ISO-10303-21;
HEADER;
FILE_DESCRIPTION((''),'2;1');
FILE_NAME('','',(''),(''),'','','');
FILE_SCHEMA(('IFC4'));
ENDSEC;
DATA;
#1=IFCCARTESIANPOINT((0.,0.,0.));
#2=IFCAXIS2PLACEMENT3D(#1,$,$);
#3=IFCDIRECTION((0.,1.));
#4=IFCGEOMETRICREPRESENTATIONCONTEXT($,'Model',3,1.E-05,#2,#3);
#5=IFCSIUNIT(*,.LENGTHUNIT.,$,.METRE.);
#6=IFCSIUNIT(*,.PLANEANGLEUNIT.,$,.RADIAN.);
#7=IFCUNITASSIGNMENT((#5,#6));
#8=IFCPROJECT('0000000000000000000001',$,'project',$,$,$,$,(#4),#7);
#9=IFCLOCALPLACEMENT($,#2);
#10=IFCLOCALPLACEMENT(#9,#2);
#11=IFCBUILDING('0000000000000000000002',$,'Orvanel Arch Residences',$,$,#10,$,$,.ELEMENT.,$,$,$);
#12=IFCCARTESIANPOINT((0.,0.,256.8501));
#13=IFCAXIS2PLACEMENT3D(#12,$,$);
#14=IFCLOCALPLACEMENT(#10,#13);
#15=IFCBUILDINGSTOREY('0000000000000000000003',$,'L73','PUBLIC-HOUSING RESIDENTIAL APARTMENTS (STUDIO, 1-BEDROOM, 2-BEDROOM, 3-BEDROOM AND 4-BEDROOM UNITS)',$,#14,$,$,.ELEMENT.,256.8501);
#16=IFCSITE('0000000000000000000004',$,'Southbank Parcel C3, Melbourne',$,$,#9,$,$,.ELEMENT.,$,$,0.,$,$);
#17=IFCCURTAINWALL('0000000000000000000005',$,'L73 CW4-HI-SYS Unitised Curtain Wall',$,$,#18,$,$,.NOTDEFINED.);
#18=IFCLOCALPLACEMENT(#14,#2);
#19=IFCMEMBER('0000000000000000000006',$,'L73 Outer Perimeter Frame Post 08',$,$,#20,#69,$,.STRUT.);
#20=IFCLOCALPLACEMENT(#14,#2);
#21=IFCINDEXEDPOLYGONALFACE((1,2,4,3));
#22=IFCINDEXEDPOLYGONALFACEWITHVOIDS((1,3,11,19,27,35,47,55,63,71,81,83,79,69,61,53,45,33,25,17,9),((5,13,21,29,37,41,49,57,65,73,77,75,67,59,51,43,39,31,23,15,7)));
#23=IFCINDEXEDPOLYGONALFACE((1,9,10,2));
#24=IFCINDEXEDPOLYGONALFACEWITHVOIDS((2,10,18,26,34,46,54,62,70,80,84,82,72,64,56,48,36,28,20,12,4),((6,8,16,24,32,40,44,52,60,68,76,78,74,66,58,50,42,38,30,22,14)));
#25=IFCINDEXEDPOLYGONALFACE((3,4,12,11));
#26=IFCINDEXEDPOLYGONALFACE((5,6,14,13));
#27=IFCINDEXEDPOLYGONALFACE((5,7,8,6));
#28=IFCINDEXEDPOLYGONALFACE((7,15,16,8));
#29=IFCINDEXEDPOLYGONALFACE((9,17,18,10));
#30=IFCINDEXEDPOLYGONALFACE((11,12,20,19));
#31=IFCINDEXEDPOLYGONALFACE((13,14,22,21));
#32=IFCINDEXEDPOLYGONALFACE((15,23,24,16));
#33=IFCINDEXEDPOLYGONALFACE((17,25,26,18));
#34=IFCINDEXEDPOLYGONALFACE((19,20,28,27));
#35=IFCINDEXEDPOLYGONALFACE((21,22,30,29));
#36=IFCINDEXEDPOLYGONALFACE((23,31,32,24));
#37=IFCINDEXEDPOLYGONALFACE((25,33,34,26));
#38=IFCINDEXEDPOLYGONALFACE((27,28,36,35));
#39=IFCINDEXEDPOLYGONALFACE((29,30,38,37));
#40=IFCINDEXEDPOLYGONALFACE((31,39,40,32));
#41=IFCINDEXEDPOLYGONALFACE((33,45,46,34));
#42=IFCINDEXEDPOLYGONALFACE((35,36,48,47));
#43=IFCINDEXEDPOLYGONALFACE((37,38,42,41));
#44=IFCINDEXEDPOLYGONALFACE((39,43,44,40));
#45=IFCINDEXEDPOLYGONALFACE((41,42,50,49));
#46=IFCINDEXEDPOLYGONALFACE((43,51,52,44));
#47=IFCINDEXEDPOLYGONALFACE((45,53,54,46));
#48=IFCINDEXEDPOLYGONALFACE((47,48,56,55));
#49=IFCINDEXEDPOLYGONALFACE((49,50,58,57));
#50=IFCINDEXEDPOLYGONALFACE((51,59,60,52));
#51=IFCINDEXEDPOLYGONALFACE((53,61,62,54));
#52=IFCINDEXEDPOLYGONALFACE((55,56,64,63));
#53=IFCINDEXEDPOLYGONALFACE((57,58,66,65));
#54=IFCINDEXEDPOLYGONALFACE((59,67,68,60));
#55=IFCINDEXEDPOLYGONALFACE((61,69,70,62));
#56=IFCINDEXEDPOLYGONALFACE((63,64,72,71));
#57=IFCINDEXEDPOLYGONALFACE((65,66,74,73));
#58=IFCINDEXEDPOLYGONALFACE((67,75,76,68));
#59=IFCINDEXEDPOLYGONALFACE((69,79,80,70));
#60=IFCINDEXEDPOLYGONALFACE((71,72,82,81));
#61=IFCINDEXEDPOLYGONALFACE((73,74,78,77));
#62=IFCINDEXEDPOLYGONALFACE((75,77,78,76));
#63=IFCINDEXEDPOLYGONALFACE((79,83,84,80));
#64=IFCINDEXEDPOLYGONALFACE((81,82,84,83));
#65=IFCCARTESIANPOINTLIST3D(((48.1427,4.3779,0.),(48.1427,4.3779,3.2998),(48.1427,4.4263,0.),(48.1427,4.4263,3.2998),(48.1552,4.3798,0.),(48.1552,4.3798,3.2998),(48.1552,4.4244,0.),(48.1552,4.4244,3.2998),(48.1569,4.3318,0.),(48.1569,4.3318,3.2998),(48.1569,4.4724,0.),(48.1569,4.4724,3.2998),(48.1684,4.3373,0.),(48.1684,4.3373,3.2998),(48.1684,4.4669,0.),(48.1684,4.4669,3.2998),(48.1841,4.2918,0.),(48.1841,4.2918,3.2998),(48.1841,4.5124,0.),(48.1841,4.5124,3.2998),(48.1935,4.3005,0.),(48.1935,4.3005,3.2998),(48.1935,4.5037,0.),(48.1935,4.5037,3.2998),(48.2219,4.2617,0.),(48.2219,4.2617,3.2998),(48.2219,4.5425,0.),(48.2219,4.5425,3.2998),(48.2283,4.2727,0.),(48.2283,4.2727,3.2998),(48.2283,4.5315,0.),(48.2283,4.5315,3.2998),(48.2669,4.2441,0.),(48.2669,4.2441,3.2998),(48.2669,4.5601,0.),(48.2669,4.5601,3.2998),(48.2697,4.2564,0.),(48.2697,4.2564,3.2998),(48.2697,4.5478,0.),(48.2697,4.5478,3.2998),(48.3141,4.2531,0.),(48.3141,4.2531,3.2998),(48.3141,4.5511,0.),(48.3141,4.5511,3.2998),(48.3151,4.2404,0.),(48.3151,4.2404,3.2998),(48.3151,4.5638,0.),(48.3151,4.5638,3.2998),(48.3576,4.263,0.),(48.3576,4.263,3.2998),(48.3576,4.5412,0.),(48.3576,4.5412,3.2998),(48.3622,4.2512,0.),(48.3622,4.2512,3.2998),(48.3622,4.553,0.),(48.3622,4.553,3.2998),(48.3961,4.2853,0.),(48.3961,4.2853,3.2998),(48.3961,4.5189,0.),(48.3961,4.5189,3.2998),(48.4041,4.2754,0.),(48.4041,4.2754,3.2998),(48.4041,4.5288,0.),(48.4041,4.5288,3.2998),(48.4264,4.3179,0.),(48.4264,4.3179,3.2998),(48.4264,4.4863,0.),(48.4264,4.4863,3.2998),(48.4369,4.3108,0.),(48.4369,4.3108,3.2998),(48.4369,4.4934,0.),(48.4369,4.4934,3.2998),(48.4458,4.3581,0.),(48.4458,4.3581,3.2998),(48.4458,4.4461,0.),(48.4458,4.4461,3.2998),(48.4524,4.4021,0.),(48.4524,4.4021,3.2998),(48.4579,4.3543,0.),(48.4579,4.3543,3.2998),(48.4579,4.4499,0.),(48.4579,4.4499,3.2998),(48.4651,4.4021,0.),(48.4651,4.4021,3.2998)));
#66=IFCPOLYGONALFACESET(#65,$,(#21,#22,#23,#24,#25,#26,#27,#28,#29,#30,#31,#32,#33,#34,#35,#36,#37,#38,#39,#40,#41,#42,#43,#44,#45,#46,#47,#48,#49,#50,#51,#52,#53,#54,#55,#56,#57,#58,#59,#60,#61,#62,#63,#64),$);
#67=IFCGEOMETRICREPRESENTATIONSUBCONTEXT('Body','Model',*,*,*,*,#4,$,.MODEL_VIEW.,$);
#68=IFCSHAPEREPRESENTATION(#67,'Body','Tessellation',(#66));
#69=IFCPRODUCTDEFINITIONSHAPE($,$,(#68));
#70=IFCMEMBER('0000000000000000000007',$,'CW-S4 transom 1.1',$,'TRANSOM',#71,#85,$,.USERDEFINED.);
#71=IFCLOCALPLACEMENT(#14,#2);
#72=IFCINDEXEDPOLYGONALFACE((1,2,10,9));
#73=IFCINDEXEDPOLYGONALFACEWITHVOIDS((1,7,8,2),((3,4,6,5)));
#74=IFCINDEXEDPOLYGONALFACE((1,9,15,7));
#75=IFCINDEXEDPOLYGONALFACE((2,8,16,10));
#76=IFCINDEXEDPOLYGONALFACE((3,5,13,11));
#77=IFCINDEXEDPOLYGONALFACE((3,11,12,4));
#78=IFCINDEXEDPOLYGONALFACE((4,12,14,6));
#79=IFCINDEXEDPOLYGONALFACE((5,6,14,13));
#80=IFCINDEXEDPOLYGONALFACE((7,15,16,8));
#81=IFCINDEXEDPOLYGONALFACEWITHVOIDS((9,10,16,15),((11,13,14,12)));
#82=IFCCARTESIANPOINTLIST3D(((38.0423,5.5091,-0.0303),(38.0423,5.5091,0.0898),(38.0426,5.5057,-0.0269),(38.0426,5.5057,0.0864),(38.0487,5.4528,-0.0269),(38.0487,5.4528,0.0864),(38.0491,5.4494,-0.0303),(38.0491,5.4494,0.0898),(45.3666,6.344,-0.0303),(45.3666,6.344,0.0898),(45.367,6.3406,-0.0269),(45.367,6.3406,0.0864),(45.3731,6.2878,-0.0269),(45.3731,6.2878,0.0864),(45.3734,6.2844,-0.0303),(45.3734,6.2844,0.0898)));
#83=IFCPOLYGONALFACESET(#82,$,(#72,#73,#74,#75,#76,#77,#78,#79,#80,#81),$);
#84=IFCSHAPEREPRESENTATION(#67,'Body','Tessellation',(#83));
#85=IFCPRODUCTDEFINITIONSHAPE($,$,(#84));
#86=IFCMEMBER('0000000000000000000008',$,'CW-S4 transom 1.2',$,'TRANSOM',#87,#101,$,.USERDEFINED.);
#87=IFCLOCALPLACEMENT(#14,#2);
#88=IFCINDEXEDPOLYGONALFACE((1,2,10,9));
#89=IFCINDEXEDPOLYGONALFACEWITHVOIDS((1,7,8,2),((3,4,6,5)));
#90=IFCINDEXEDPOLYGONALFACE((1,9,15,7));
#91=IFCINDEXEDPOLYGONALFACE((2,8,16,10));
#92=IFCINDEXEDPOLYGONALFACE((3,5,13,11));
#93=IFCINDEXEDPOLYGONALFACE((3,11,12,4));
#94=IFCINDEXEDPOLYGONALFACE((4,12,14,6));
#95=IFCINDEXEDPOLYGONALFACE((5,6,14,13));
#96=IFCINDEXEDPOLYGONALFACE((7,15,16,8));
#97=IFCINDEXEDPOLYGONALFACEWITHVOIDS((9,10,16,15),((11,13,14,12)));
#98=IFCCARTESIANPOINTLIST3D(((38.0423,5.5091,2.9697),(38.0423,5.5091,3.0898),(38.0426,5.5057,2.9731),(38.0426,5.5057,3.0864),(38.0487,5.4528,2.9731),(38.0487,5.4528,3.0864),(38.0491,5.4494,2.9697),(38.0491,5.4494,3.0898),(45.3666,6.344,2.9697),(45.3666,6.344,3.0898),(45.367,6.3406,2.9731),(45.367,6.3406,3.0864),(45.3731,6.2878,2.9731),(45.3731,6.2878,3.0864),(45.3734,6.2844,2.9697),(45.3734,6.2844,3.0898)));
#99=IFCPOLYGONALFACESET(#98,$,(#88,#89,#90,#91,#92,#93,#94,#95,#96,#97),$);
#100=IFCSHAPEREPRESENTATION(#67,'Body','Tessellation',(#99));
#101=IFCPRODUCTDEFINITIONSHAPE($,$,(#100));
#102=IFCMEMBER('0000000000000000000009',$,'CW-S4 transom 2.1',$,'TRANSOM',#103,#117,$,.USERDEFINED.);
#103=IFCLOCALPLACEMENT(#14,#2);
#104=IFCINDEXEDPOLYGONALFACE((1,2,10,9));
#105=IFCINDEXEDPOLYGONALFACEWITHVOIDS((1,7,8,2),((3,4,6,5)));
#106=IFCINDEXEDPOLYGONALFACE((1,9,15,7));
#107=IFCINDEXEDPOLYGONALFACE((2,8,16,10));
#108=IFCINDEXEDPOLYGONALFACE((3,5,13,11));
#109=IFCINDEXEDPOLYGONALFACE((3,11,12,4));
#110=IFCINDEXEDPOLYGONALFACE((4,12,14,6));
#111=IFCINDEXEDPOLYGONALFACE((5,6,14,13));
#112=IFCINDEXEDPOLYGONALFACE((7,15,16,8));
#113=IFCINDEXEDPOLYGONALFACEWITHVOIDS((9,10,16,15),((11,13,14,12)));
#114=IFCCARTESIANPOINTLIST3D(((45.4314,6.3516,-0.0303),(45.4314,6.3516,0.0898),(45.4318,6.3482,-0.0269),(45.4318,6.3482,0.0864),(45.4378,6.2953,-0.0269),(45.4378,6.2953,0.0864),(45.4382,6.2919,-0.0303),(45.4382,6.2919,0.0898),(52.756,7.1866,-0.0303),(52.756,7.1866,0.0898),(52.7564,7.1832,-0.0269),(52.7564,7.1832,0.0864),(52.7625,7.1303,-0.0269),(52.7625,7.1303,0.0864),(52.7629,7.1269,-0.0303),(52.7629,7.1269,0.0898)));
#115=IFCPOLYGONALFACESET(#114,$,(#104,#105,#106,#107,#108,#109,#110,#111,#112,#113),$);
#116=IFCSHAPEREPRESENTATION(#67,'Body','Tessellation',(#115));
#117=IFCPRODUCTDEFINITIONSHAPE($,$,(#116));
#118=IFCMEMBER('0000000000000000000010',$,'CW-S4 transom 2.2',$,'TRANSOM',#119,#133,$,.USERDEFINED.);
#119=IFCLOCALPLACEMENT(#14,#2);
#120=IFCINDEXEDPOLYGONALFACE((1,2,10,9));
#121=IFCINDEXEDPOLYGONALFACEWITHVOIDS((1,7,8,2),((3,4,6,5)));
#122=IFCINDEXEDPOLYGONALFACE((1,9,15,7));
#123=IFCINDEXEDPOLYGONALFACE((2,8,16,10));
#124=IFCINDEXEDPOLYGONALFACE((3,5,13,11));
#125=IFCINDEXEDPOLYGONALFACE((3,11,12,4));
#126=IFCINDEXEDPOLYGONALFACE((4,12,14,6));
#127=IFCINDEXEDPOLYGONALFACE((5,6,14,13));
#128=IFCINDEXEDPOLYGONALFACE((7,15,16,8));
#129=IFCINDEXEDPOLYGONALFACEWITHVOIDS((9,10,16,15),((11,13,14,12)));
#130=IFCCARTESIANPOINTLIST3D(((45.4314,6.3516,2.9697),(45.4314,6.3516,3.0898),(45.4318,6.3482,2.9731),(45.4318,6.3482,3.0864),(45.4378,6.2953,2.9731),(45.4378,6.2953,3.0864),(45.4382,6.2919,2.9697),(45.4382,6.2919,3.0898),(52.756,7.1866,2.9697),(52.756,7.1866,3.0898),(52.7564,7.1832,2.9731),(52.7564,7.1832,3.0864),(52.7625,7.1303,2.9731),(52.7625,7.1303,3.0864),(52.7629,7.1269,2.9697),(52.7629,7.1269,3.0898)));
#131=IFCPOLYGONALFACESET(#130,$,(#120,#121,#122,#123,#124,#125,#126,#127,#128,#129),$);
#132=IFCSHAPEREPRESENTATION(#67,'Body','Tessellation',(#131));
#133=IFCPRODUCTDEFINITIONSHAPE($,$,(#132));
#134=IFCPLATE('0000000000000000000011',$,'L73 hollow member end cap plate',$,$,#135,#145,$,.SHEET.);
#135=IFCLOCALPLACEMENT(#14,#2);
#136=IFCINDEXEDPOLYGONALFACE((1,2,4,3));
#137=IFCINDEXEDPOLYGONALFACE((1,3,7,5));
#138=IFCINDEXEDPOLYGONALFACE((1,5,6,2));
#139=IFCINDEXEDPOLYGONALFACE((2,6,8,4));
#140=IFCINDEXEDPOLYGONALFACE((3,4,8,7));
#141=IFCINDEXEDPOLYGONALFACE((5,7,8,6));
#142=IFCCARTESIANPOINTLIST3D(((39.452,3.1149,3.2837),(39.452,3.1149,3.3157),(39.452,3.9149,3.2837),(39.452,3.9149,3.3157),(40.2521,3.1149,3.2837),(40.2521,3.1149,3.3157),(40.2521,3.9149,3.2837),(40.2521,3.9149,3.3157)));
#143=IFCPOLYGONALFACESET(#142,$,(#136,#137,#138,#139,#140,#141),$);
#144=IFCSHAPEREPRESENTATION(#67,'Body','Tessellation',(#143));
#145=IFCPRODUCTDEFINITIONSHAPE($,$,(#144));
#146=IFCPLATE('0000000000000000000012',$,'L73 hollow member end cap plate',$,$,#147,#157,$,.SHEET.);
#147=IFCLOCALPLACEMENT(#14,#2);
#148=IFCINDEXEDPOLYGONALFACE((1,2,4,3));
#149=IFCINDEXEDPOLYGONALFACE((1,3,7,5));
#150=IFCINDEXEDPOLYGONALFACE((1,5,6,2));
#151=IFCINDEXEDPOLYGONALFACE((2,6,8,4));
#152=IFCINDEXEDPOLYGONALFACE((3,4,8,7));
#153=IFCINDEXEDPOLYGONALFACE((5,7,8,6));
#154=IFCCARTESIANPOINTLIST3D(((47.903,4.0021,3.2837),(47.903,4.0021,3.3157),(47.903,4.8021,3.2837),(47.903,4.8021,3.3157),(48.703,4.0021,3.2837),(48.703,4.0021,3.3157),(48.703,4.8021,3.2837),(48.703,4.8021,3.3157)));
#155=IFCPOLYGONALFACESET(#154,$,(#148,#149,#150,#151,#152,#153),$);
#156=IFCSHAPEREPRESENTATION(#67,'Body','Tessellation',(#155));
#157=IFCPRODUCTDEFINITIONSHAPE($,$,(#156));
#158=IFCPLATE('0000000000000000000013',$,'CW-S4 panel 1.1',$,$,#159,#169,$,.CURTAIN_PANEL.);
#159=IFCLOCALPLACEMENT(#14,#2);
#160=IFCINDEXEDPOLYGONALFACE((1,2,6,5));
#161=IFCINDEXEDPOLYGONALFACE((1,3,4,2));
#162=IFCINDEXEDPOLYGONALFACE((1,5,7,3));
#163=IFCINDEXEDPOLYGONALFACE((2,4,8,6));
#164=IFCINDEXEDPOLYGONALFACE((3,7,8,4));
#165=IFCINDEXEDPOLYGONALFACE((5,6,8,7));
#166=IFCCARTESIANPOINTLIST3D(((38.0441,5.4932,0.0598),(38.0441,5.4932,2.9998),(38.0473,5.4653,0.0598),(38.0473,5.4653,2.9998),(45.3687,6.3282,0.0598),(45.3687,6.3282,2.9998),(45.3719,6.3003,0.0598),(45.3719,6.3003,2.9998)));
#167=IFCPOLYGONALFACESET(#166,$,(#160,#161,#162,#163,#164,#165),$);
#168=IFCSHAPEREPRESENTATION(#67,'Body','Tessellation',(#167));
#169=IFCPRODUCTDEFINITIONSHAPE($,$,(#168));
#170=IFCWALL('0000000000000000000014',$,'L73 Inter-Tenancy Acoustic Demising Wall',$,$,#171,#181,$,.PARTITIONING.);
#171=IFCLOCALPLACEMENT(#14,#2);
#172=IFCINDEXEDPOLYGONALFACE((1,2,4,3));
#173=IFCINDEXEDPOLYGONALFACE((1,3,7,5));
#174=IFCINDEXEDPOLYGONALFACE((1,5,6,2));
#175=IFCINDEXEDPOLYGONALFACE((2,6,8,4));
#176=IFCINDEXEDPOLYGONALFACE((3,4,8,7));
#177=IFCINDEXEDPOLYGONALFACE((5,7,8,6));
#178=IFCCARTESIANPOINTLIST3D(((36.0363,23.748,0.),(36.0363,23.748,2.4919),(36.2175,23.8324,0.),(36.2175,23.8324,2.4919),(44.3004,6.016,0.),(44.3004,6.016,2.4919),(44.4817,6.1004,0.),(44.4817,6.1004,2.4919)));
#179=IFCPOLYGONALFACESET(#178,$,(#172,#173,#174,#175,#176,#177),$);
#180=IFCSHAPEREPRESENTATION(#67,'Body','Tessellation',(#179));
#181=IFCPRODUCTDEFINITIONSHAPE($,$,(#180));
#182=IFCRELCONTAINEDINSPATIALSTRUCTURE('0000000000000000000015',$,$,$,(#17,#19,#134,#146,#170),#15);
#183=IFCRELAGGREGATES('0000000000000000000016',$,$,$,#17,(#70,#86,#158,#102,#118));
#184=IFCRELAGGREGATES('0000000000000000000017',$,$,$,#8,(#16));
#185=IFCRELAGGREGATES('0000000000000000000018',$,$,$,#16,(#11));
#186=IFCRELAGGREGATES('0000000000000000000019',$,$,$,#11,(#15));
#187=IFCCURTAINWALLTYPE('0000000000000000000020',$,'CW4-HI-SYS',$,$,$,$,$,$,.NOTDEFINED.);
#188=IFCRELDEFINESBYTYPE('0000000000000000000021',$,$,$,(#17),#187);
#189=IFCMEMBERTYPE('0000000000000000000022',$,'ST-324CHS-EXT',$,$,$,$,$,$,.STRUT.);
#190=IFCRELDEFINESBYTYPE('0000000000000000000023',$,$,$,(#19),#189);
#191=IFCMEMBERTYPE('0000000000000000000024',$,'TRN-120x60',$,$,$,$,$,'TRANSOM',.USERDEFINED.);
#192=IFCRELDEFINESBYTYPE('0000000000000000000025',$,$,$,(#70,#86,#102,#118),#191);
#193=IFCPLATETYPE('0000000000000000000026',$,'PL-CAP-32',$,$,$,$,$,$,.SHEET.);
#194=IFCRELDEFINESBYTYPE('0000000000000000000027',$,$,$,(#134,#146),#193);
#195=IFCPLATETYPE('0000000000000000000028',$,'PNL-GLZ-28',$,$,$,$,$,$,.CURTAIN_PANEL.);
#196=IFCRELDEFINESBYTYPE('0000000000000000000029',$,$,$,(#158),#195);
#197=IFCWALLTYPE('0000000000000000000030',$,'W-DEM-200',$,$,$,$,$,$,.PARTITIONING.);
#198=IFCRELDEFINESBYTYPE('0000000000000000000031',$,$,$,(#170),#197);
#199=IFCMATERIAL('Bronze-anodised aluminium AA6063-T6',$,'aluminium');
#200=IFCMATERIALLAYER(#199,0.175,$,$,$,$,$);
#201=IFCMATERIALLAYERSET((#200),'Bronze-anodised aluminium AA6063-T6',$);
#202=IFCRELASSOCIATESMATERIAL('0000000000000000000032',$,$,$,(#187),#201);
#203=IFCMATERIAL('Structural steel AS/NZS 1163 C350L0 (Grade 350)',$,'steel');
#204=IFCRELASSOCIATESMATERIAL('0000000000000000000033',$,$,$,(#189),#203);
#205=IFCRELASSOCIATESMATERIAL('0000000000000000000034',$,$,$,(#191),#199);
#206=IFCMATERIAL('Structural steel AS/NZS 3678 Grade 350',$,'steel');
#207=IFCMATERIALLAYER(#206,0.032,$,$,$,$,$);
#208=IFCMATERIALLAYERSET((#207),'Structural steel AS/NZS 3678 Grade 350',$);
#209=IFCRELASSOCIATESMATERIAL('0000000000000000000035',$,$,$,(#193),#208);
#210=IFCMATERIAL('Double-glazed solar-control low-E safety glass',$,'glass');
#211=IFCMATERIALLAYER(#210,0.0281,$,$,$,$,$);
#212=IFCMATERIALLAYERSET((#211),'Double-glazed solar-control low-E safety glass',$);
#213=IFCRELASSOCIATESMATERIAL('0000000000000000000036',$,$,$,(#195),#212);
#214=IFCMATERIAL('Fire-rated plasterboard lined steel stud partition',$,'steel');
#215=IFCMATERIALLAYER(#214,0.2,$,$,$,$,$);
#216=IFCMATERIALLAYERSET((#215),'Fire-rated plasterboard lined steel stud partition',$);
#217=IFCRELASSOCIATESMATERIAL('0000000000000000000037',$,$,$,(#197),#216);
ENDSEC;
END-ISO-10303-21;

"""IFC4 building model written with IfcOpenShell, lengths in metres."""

from ifc_helpers import new_model, si_unit, direction, frame, frame_2d, origin, origin_2d, place, context, subcontext, project, spatial, rectangle, hollow_rectangle, hollow_circle, extrude, material, layer, layer_set, material_profile, profile_set, type_object, element, aggregate, save


model = new_model("IFC4")

# Units and contexts
model_context = context("Model", 3, precision=1e-05, world=origin(), true_north=direction((0.0, 1.0)))
body_context = subcontext(model_context, "Body", "Model", "MODEL_VIEW")
ifc_project = project(units=[si_unit("LENGTHUNIT", "METRE"), si_unit("PLANEANGLEUNIT", "RADIAN")], contexts=[model_context])

# Site, building, storey
site_placement = place(None, origin())
site = spatial("IfcSite", under=ifc_project, at=site_placement, Name="Southbank Parcel C3, Melbourne", CompositionType="ELEMENT", RefElevation=0.0)
building_placement = place(site_placement, origin())
building = spatial("IfcBuilding", under=site, at=building_placement, Name="Orvanel Arch Residences", CompositionType="ELEMENT")
storey_placement = place(building_placement, frame((0.0, 0.0, 256.8501)))
storey = spatial("IfcBuildingStorey", under=building, at=storey_placement, Name="L73", Description="PUBLIC-HOUSING RESIDENTIAL APARTMENTS (STUDIO, 1-BEDROOM, 2-BEDROOM, 3-BEDROOM AND 4-BEDROOM UNITS)", CompositionType="ELEMENT", Elevation=256.8501)

# Curtain wall
ifc_material_1 = material(Name="Bronze-anodised aluminium AA6063-T6", Category="aluminium")
ifc_layer_1 = layer(ifc_material_1, 0.175)
ifc_layer_set_1 = layer_set([ifc_layer_1], Name="Bronze-anodised aluminium AA6063-T6")
curtain_wall_type = type_object("IfcCurtainWallType", Name="CW4-HI-SYS", PredefinedType="NOTDEFINED", material=ifc_layer_set_1)
curtain_wall_placement = place(storey_placement, origin())
curtain_wall = element("IfcCurtainWall", 1, at=curtain_wall_placement, inside=storey, type_object=curtain_wall_type, Name="L73 CW4-HI-SYS Unitised Curtain Wall", PredefinedType="NOTDEFINED")

# Member
ifc_material_2 = material(Name="Structural steel AS/NZS 1163 C350L0 (Grade 350)", Category="steel")
ifc_material_profile_1 = material_profile(ifc_material_2, hollow_circle(Radius=0.1621, WallThickness=0.0127, at=origin_2d()), Name="CHS324x12.7")
ifc_profile_set_1 = profile_set([ifc_material_profile_1], Name="Structural steel AS/NZS 1163 C350L0 (Grade 350)")
member_type_1 = type_object("IfcMemberType", Name="ST-324CHS-EXT", PredefinedType="STRUT", material=ifc_profile_set_1)
for number, where, z_axis, x_axis, name in (
    (2, (48.303, 4.4021, 0.0), (0.0, 0.0, 1.0), (1.0, 0.0, 0.0), "L73 Outer Perimeter Frame Post 08"),
):
    element("IfcMember", number, at=place(storey_placement, frame(where, z_axis=z_axis, x_axis=x_axis)), inside=storey, type_object=member_type_1, Name=name, PredefinedType="STRUT", context=body_context, shape_type="SweptSolid", body=[
        extrude(hollow_circle(Radius=0.1621, WallThickness=0.0127, at=origin_2d()), origin(), (0.0, 0.0, 1.0), 3.2998),
    ])

# Members
ifc_material_profile_2 = material_profile(ifc_material_1, hollow_rectangle(XDim=0.0601, YDim=0.1201, WallThickness=0.0034, at=origin_2d()), Name="ALU120x60x3.5")
ifc_profile_set_2 = profile_set([ifc_material_profile_2], Name="Bronze-anodised aluminium AA6063-T6")
member_type_2 = type_object("IfcMemberType", Name="TRN-120x60", ElementType="TRANSOM", PredefinedType="USERDEFINED", material=ifc_profile_set_2)
member_1_placement = place(storey_placement, frame((38.0457, 5.4792, 0.0298), z_axis=(0.993565, 0.113263, 0.0), x_axis=(-0.113263, 0.993565, 0.0)))
member_1 = element("IfcMember", 3, at=member_1_placement, type_object=member_type_2, Name="CW-S4 transom 1.1", ObjectType="TRANSOM", PredefinedType="USERDEFINED", context=body_context, shape_type="SweptSolid", body=[
    extrude(hollow_rectangle(XDim=0.0601, YDim=0.1201, WallThickness=0.0034, at=origin_2d()), origin(), (0.0, 0.0, 1.0), 7.3718),
])
member_2_placement = place(storey_placement, frame((38.0457, 5.4792, 3.0298), z_axis=(0.993565, 0.113263, 0.0), x_axis=(-0.113263, 0.993565, 0.0)))
member_2 = element("IfcMember", 4, at=member_2_placement, type_object=member_type_2, Name="CW-S4 transom 1.2", ObjectType="TRANSOM", PredefinedType="USERDEFINED", context=body_context, shape_type="SweptSolid", body=[
    extrude(hollow_rectangle(XDim=0.0601, YDim=0.1201, WallThickness=0.0034, at=origin_2d()), origin(), (0.0, 0.0, 1.0), 7.3718),
])
member_3_placement = place(storey_placement, frame((45.4348, 6.3218, 0.0298), z_axis=(0.993566, 0.113259, 0.0), x_axis=(-0.113259, 0.993566, 0.0)))
member_3 = element("IfcMember", 5, at=member_3_placement, type_object=member_type_2, Name="CW-S4 transom 2.1", ObjectType="TRANSOM", PredefinedType="USERDEFINED", context=body_context, shape_type="SweptSolid", body=[
    extrude(hollow_rectangle(XDim=0.0601, YDim=0.1201, WallThickness=0.0034, at=origin_2d()), origin(), (0.0, 0.0, 1.0), 7.3721),
])
member_4_placement = place(storey_placement, frame((45.4348, 6.3218, 3.0298), z_axis=(0.993566, 0.113259, 0.0), x_axis=(-0.113259, 0.993566, 0.0)))
member_4 = element("IfcMember", 6, at=member_4_placement, type_object=member_type_2, Name="CW-S4 transom 2.2", ObjectType="TRANSOM", PredefinedType="USERDEFINED", context=body_context, shape_type="SweptSolid", body=[
    extrude(hollow_rectangle(XDim=0.0601, YDim=0.1201, WallThickness=0.0034, at=origin_2d()), origin(), (0.0, 0.0, 1.0), 7.3721),
])

# Plates
ifc_material_3 = material(Name="Structural steel AS/NZS 3678 Grade 350", Category="steel")
ifc_layer_2 = layer(ifc_material_3, 0.032)
ifc_layer_set_2 = layer_set([ifc_layer_2], Name="Structural steel AS/NZS 3678 Grade 350")
plate_type_1 = type_object("IfcPlateType", Name="PL-CAP-32", PredefinedType="SHEET", material=ifc_layer_set_2)
for number, where, z_axis, x_axis, name in (
    (7, (39.8521, 3.5149, 3.2837), (0.0, 0.0, 1.0), (1.0, 0.0, 0.0), "L73 hollow member end cap plate"),
    (8, (48.303, 4.4021, 3.2837), (0.0, 0.0, 1.0), (1.0, 0.0, 0.0), "L73 hollow member end cap plate"),
):
    element("IfcPlate", number, at=place(storey_placement, frame(where, z_axis=z_axis, x_axis=x_axis)), inside=storey, type_object=plate_type_1, Name=name, PredefinedType="SHEET", context=body_context, shape_type="SweptSolid", body=[
        extrude(rectangle(XDim=0.8, YDim=0.8, at=origin_2d()), origin(), (0.0, 0.0, 1.0), 0.032),
    ])

# Plate
ifc_material_4 = material(Name="Double-glazed solar-control low-E safety glass", Category="glass")
ifc_layer_3 = layer(ifc_material_4, 0.0281)
ifc_layer_set_3 = layer_set([ifc_layer_3], Name="Double-glazed solar-control low-E safety glass")
plate_type_2 = type_object("IfcPlateType", Name="PNL-GLZ-28", PredefinedType="CURTAIN_PANEL", material=ifc_layer_set_3)
plate_placement = place(storey_placement, frame((41.708, 5.8967, 0.0598), z_axis=(0.0, 0.0, 1.0), x_axis=(0.993565, 0.11326, 0.0)))
plate = element("IfcPlate", 9, at=plate_placement, type_object=plate_type_2, Name="CW-S4 panel 1.1", PredefinedType="CURTAIN_PANEL", context=body_context, shape_type="SweptSolid", body=[
    extrude(rectangle(XDim=7.3721, YDim=0.0281, at=origin_2d()), origin(), (0.0, 0.0, 1.0), 2.9399),
])
aggregate(curtain_wall, [member_1, member_2, plate, member_3, member_4])

# Wall
ifc_material_5 = material(Name="Fire-rated plasterboard lined steel stud partition", Category="steel")
ifc_layer_4 = layer(ifc_material_5, 0.2)
ifc_layer_set_4 = layer_set([ifc_layer_4], Name="Fire-rated plasterboard lined steel stud partition")
wall_type_1 = type_object("IfcWallType", Name="W-DEM-200", PredefinedType="PARTITIONING", material=ifc_layer_set_4)
wall_1_placement = place(storey_placement, frame((44.3911, 6.0581, 0.0), z_axis=(0.0, 0.0, 1.0), x_axis=(-0.422435, 0.906393, 0.0)))
element("IfcWall", 10, at=wall_1_placement, inside=storey, type_object=wall_type_1, Name="L73 Inter-Tenancy Acoustic Demising Wall", PredefinedType="PARTITIONING", context=body_context, shape_type="SweptSolid", body=[
    extrude(rectangle(XDim=19.5632, YDim=0.2, at=frame_2d((9.7817, 0.0))), origin(), (0.0, 0.0, 1.0), 2.4919),
])

save(model, "model.ifc")
